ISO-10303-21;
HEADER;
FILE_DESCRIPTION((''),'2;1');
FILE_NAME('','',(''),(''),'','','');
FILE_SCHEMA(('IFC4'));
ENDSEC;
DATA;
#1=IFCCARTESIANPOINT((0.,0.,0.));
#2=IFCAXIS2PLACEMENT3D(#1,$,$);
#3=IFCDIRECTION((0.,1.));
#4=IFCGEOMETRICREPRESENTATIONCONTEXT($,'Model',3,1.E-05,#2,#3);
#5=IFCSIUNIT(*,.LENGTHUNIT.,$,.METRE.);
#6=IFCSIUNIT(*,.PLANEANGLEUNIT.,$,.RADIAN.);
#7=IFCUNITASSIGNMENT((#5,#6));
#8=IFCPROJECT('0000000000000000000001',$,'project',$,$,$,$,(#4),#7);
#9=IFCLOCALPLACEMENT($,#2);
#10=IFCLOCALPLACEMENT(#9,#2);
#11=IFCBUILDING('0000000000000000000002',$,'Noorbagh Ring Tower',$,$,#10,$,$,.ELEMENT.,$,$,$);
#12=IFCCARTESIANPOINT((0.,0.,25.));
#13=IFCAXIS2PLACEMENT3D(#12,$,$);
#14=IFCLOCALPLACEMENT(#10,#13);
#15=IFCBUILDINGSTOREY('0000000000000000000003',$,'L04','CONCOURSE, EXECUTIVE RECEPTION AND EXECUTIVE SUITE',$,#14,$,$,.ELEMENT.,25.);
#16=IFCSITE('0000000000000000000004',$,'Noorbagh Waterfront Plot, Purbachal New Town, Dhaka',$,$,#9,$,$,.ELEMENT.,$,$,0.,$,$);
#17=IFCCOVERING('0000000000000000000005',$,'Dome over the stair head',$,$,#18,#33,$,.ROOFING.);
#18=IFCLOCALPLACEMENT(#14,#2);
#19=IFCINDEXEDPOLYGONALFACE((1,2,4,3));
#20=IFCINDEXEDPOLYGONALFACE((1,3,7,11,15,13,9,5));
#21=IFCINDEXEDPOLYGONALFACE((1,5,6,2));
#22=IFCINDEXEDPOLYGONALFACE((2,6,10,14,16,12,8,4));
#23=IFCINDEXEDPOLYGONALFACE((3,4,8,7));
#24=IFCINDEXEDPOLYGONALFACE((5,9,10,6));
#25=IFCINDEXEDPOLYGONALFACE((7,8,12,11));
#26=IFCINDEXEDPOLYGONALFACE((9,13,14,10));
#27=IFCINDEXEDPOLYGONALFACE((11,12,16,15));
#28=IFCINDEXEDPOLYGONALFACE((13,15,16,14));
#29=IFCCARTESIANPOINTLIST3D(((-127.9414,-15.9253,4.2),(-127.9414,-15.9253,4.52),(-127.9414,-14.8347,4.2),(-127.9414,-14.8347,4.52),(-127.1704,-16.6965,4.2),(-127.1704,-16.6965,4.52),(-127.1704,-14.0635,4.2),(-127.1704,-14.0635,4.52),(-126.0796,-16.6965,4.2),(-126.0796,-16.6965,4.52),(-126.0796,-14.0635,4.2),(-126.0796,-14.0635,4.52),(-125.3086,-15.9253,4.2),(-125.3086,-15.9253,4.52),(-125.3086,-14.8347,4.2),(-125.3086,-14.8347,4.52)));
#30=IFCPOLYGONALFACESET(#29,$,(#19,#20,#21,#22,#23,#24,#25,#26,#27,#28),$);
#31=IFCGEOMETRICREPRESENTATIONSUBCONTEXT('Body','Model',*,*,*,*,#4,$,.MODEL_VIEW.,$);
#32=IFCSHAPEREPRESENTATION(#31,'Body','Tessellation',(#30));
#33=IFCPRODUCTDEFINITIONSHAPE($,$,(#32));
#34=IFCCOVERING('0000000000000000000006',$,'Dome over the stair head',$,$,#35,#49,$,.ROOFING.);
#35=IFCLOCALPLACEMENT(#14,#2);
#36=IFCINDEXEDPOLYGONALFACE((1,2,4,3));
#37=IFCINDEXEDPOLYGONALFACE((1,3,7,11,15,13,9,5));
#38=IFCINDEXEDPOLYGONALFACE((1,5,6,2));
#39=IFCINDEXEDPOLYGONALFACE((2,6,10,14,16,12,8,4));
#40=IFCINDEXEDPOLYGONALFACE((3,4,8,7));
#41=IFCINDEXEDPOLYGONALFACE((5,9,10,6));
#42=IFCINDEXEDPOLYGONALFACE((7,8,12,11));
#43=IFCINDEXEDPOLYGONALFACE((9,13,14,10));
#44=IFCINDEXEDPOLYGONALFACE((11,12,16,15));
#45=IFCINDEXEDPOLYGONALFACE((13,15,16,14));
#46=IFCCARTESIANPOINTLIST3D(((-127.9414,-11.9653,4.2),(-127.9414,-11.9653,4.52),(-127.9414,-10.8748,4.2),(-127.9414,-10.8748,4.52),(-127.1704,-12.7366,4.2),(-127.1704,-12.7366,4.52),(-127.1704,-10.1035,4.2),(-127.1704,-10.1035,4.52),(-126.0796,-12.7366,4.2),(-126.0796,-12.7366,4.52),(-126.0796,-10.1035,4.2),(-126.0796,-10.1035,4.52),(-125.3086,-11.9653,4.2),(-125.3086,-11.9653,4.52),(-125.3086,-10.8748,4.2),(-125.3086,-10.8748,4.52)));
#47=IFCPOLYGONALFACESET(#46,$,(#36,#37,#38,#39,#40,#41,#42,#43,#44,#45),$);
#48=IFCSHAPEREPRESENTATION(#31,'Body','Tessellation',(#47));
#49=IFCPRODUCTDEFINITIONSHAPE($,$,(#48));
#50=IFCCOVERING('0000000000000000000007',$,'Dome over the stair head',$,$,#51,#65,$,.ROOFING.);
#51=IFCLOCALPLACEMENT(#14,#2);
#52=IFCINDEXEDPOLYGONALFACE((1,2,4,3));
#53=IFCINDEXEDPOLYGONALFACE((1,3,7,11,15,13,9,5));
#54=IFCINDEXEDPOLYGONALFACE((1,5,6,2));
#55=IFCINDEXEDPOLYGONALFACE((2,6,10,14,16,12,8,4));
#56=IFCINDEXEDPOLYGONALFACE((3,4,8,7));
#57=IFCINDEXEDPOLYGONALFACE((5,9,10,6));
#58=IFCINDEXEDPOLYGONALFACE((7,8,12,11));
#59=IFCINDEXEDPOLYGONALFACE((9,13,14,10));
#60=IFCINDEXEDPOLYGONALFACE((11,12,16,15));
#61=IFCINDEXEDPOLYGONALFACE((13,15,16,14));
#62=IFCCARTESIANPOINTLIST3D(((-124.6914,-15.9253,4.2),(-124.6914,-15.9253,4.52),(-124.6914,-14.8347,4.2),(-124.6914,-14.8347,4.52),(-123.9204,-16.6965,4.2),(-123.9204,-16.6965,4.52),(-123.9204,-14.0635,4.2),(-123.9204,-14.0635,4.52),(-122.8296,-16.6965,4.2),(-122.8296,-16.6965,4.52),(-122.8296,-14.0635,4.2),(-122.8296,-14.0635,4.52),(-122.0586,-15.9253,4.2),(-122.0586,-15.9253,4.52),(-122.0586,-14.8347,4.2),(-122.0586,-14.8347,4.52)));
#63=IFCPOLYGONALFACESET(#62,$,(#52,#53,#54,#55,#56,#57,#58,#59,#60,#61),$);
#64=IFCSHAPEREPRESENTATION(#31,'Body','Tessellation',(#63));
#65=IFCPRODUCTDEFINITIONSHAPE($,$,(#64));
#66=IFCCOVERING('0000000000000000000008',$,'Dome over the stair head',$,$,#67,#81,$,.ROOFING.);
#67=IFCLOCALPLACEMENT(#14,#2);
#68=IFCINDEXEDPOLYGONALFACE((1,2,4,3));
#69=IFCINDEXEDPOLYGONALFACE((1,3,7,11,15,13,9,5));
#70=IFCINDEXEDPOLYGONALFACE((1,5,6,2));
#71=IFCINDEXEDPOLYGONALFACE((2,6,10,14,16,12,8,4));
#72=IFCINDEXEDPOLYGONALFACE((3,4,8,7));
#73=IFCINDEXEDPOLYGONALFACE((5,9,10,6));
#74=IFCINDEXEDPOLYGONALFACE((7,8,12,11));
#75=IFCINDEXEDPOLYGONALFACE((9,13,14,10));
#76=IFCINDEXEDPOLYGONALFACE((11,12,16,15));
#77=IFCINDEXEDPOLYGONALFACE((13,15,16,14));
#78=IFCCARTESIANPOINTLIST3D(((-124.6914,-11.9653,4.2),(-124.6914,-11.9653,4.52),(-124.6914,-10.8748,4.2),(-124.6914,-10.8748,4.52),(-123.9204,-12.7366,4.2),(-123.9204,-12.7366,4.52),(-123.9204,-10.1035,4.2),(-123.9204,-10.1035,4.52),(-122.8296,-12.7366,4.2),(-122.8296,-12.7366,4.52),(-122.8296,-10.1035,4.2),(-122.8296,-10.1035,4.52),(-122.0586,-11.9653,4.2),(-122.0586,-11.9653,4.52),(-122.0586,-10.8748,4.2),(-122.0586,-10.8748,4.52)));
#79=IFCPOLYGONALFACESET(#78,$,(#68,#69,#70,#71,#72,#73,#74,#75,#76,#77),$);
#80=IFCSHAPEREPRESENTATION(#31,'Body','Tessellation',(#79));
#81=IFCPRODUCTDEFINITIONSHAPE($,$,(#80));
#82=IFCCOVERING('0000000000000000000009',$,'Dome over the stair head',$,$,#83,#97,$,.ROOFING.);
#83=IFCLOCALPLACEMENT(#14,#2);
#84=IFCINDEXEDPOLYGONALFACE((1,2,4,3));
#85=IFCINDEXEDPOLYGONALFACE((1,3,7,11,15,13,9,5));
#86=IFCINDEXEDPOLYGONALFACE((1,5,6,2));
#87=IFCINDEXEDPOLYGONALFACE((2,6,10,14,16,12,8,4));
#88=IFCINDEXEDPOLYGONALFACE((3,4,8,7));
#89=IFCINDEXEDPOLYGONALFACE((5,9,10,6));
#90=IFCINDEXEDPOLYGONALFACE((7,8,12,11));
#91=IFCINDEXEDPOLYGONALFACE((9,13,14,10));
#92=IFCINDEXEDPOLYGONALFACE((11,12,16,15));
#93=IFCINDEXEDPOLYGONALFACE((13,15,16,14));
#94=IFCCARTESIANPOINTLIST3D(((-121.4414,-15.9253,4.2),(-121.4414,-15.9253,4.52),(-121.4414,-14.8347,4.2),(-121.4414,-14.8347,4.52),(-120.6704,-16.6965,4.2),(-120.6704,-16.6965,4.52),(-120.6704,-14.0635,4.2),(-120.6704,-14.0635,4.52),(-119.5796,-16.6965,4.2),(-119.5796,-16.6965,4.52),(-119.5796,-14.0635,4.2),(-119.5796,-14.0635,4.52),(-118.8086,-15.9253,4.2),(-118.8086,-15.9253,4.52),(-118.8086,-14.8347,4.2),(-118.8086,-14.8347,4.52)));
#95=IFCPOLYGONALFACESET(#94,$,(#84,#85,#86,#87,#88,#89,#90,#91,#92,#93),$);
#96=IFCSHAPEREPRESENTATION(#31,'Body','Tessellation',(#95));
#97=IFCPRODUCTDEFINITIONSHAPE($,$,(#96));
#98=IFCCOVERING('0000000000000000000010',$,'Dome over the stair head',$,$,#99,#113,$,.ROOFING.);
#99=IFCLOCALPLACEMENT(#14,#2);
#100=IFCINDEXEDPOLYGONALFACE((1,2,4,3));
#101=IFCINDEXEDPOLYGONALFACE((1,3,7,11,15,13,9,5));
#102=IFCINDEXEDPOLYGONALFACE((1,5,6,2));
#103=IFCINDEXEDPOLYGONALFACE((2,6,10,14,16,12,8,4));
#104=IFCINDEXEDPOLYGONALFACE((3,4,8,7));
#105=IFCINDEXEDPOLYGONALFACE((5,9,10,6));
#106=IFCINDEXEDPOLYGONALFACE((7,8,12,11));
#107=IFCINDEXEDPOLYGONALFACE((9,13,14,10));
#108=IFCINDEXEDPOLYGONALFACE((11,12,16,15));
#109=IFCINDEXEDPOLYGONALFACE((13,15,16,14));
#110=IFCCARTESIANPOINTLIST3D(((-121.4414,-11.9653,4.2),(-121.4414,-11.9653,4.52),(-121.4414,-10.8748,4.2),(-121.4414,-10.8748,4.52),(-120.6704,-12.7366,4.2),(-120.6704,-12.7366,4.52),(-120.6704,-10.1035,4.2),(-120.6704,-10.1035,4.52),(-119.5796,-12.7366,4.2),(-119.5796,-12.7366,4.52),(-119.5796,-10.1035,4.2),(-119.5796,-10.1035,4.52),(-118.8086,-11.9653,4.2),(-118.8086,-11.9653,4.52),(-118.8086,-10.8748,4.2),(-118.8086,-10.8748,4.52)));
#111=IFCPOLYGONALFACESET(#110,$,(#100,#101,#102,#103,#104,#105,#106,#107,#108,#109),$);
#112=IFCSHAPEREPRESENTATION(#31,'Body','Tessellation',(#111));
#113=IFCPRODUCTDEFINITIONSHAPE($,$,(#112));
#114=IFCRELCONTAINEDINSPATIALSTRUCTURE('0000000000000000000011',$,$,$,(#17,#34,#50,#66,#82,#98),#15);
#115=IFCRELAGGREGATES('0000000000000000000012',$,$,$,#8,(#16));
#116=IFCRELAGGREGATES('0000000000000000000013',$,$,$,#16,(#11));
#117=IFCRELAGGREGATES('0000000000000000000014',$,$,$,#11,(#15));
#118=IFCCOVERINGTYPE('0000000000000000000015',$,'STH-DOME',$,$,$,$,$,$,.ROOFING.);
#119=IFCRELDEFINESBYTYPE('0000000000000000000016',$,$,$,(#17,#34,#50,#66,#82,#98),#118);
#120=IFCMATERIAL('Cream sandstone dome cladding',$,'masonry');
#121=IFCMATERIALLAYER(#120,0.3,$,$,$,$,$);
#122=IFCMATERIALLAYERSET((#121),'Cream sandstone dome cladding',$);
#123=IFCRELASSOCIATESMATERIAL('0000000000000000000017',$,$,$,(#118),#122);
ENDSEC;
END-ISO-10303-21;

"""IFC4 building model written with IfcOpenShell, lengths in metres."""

from ifc_helpers import new_model, si_unit, direction, frame, origin, place, context, subcontext, project, spatial, polyline, outline, extrude, material, layer, layer_set, type_object, element, save


model = new_model("IFC4")

# Units and contexts
model_context = context("Model", 3, precision=1e-05, world=origin(), true_north=direction((0.0, 1.0)))
body_context = subcontext(model_context, "Body", "Model", "MODEL_VIEW")
ifc_project = project(units=[si_unit("LENGTHUNIT", "METRE"), si_unit("PLANEANGLEUNIT", "RADIAN")], contexts=[model_context])

# Site, building, storey
site_placement = place(None, origin())
site = spatial("IfcSite", under=ifc_project, at=site_placement, Name="Noorbagh Waterfront Plot, Purbachal New Town, Dhaka", CompositionType="ELEMENT", RefElevation=0.0)
building_placement = place(site_placement, origin())
building = spatial("IfcBuilding", under=site, at=building_placement, Name="Noorbagh Ring Tower", CompositionType="ELEMENT")
storey_placement = place(building_placement, frame((0.0, 0.0, 25.0)))
storey = spatial("IfcBuildingStorey", under=building, at=storey_placement, Name="L04", Description="CONCOURSE, EXECUTIVE RECEPTION AND EXECUTIVE SUITE", CompositionType="ELEMENT", Elevation=25.0)

# Coverings
ifc_material_1 = material(Name="Cream sandstone dome cladding", Category="masonry")
ifc_layer_1 = layer(ifc_material_1, 0.3)
ifc_layer_set_1 = layer_set([ifc_layer_1], Name="Cream sandstone dome cladding")
covering_type_1 = type_object("IfcCoveringType", Name="STH-DOME", PredefinedType="ROOFING", material=ifc_layer_set_1)
covering_1_placement = place(storey_placement, frame((0.0, 0.0, 4.2)))
element("IfcCovering", 1, at=covering_1_placement, inside=storey, type_object=covering_type_1, Name="Dome over the stair head", PredefinedType="ROOFING", context=body_context, shape_type="SweptSolid", body=[
    extrude(outline(polyline([(-125.3086, -14.8347), (-126.0796, -14.0635), (-127.1704, -14.0635), (-127.9414, -14.8347), (-127.9414, -15.9253), (-127.1704, -16.6965), (-126.0796, -16.6965), (-125.3086, -15.9253), (-125.3086, -14.8347)])), origin(), (0.0, 0.0, 1.0), 0.3201),
])
covering_2_placement = place(storey_placement, frame((0.0, 0.0, 4.2)))
element("IfcCovering", 2, at=covering_2_placement, inside=storey, type_object=covering_type_1, Name="Dome over the stair head", PredefinedType="ROOFING", context=body_context, shape_type="SweptSolid", body=[
    extrude(outline(polyline([(-125.3086, -10.8748), (-126.0796, -10.1035), (-127.1704, -10.1035), (-127.9414, -10.8748), (-127.9414, -11.9653), (-127.1704, -12.7366), (-126.0796, -12.7366), (-125.3086, -11.9653), (-125.3086, -10.8748)])), origin(), (0.0, 0.0, 1.0), 0.3201),
])
covering_3_placement = place(storey_placement, frame((0.0, 0.0, 4.2)))
element("IfcCovering", 3, at=covering_3_placement, inside=storey, type_object=covering_type_1, Name="Dome over the stair head", PredefinedType="ROOFING", context=body_context, shape_type="SweptSolid", body=[
    extrude(outline(polyline([(-122.0586, -14.8347), (-122.8296, -14.0635), (-123.9204, -14.0635), (-124.6914, -14.8347), (-124.6914, -15.9253), (-123.9204, -16.6965), (-122.8296, -16.6965), (-122.0586, -15.9253), (-122.0586, -14.8347)])), origin(), (0.0, 0.0, 1.0), 0.3201),
])
covering_4_placement = place(storey_placement, frame((0.0, 0.0, 4.2)))
element("IfcCovering", 4, at=covering_4_placement, inside=storey, type_object=covering_type_1, Name="Dome over the stair head", PredefinedType="ROOFING", context=body_context, shape_type="SweptSolid", body=[
    extrude(outline(polyline([(-122.0586, -10.8748), (-122.8296, -10.1035), (-123.9204, -10.1035), (-124.6914, -10.8748), (-124.6914, -11.9653), (-123.9204, -12.7366), (-122.8296, -12.7366), (-122.0586, -11.9653), (-122.0586, -10.8748)])), origin(), (0.0, 0.0, 1.0), 0.3201),
])
covering_5_placement = place(storey_placement, frame((0.0, 0.0, 4.2)))
element("IfcCovering", 5, at=covering_5_placement, inside=storey, type_object=covering_type_1, Name="Dome over the stair head", PredefinedType="ROOFING", context=body_context, shape_type="SweptSolid", body=[
    extrude(outline(polyline([(-118.8086, -14.8347), (-119.5796, -14.0635), (-120.6704, -14.0635), (-121.4414, -14.8347), (-121.4414, -15.9253), (-120.6704, -16.6965), (-119.5796, -16.6965), (-118.8086, -15.9253), (-118.8086, -14.8347)])), origin(), (0.0, 0.0, 1.0), 0.3201),
])
covering_6_placement = place(storey_placement, frame((0.0, 0.0, 4.2)))
element("IfcCovering", 6, at=covering_6_placement, inside=storey, type_object=covering_type_1, Name="Dome over the stair head", PredefinedType="ROOFING", context=body_context, shape_type="SweptSolid", body=[
    extrude(outline(polyline([(-118.8086, -10.8748), (-119.5796, -10.1035), (-120.6704, -10.1035), (-121.4414, -10.8748), (-121.4414, -11.9653), (-120.6704, -12.7366), (-119.5796, -12.7366), (-118.8086, -11.9653), (-118.8086, -10.8748)])), origin(), (0.0, 0.0, 1.0), 0.3201),
])

save(model, "model.ifc")
